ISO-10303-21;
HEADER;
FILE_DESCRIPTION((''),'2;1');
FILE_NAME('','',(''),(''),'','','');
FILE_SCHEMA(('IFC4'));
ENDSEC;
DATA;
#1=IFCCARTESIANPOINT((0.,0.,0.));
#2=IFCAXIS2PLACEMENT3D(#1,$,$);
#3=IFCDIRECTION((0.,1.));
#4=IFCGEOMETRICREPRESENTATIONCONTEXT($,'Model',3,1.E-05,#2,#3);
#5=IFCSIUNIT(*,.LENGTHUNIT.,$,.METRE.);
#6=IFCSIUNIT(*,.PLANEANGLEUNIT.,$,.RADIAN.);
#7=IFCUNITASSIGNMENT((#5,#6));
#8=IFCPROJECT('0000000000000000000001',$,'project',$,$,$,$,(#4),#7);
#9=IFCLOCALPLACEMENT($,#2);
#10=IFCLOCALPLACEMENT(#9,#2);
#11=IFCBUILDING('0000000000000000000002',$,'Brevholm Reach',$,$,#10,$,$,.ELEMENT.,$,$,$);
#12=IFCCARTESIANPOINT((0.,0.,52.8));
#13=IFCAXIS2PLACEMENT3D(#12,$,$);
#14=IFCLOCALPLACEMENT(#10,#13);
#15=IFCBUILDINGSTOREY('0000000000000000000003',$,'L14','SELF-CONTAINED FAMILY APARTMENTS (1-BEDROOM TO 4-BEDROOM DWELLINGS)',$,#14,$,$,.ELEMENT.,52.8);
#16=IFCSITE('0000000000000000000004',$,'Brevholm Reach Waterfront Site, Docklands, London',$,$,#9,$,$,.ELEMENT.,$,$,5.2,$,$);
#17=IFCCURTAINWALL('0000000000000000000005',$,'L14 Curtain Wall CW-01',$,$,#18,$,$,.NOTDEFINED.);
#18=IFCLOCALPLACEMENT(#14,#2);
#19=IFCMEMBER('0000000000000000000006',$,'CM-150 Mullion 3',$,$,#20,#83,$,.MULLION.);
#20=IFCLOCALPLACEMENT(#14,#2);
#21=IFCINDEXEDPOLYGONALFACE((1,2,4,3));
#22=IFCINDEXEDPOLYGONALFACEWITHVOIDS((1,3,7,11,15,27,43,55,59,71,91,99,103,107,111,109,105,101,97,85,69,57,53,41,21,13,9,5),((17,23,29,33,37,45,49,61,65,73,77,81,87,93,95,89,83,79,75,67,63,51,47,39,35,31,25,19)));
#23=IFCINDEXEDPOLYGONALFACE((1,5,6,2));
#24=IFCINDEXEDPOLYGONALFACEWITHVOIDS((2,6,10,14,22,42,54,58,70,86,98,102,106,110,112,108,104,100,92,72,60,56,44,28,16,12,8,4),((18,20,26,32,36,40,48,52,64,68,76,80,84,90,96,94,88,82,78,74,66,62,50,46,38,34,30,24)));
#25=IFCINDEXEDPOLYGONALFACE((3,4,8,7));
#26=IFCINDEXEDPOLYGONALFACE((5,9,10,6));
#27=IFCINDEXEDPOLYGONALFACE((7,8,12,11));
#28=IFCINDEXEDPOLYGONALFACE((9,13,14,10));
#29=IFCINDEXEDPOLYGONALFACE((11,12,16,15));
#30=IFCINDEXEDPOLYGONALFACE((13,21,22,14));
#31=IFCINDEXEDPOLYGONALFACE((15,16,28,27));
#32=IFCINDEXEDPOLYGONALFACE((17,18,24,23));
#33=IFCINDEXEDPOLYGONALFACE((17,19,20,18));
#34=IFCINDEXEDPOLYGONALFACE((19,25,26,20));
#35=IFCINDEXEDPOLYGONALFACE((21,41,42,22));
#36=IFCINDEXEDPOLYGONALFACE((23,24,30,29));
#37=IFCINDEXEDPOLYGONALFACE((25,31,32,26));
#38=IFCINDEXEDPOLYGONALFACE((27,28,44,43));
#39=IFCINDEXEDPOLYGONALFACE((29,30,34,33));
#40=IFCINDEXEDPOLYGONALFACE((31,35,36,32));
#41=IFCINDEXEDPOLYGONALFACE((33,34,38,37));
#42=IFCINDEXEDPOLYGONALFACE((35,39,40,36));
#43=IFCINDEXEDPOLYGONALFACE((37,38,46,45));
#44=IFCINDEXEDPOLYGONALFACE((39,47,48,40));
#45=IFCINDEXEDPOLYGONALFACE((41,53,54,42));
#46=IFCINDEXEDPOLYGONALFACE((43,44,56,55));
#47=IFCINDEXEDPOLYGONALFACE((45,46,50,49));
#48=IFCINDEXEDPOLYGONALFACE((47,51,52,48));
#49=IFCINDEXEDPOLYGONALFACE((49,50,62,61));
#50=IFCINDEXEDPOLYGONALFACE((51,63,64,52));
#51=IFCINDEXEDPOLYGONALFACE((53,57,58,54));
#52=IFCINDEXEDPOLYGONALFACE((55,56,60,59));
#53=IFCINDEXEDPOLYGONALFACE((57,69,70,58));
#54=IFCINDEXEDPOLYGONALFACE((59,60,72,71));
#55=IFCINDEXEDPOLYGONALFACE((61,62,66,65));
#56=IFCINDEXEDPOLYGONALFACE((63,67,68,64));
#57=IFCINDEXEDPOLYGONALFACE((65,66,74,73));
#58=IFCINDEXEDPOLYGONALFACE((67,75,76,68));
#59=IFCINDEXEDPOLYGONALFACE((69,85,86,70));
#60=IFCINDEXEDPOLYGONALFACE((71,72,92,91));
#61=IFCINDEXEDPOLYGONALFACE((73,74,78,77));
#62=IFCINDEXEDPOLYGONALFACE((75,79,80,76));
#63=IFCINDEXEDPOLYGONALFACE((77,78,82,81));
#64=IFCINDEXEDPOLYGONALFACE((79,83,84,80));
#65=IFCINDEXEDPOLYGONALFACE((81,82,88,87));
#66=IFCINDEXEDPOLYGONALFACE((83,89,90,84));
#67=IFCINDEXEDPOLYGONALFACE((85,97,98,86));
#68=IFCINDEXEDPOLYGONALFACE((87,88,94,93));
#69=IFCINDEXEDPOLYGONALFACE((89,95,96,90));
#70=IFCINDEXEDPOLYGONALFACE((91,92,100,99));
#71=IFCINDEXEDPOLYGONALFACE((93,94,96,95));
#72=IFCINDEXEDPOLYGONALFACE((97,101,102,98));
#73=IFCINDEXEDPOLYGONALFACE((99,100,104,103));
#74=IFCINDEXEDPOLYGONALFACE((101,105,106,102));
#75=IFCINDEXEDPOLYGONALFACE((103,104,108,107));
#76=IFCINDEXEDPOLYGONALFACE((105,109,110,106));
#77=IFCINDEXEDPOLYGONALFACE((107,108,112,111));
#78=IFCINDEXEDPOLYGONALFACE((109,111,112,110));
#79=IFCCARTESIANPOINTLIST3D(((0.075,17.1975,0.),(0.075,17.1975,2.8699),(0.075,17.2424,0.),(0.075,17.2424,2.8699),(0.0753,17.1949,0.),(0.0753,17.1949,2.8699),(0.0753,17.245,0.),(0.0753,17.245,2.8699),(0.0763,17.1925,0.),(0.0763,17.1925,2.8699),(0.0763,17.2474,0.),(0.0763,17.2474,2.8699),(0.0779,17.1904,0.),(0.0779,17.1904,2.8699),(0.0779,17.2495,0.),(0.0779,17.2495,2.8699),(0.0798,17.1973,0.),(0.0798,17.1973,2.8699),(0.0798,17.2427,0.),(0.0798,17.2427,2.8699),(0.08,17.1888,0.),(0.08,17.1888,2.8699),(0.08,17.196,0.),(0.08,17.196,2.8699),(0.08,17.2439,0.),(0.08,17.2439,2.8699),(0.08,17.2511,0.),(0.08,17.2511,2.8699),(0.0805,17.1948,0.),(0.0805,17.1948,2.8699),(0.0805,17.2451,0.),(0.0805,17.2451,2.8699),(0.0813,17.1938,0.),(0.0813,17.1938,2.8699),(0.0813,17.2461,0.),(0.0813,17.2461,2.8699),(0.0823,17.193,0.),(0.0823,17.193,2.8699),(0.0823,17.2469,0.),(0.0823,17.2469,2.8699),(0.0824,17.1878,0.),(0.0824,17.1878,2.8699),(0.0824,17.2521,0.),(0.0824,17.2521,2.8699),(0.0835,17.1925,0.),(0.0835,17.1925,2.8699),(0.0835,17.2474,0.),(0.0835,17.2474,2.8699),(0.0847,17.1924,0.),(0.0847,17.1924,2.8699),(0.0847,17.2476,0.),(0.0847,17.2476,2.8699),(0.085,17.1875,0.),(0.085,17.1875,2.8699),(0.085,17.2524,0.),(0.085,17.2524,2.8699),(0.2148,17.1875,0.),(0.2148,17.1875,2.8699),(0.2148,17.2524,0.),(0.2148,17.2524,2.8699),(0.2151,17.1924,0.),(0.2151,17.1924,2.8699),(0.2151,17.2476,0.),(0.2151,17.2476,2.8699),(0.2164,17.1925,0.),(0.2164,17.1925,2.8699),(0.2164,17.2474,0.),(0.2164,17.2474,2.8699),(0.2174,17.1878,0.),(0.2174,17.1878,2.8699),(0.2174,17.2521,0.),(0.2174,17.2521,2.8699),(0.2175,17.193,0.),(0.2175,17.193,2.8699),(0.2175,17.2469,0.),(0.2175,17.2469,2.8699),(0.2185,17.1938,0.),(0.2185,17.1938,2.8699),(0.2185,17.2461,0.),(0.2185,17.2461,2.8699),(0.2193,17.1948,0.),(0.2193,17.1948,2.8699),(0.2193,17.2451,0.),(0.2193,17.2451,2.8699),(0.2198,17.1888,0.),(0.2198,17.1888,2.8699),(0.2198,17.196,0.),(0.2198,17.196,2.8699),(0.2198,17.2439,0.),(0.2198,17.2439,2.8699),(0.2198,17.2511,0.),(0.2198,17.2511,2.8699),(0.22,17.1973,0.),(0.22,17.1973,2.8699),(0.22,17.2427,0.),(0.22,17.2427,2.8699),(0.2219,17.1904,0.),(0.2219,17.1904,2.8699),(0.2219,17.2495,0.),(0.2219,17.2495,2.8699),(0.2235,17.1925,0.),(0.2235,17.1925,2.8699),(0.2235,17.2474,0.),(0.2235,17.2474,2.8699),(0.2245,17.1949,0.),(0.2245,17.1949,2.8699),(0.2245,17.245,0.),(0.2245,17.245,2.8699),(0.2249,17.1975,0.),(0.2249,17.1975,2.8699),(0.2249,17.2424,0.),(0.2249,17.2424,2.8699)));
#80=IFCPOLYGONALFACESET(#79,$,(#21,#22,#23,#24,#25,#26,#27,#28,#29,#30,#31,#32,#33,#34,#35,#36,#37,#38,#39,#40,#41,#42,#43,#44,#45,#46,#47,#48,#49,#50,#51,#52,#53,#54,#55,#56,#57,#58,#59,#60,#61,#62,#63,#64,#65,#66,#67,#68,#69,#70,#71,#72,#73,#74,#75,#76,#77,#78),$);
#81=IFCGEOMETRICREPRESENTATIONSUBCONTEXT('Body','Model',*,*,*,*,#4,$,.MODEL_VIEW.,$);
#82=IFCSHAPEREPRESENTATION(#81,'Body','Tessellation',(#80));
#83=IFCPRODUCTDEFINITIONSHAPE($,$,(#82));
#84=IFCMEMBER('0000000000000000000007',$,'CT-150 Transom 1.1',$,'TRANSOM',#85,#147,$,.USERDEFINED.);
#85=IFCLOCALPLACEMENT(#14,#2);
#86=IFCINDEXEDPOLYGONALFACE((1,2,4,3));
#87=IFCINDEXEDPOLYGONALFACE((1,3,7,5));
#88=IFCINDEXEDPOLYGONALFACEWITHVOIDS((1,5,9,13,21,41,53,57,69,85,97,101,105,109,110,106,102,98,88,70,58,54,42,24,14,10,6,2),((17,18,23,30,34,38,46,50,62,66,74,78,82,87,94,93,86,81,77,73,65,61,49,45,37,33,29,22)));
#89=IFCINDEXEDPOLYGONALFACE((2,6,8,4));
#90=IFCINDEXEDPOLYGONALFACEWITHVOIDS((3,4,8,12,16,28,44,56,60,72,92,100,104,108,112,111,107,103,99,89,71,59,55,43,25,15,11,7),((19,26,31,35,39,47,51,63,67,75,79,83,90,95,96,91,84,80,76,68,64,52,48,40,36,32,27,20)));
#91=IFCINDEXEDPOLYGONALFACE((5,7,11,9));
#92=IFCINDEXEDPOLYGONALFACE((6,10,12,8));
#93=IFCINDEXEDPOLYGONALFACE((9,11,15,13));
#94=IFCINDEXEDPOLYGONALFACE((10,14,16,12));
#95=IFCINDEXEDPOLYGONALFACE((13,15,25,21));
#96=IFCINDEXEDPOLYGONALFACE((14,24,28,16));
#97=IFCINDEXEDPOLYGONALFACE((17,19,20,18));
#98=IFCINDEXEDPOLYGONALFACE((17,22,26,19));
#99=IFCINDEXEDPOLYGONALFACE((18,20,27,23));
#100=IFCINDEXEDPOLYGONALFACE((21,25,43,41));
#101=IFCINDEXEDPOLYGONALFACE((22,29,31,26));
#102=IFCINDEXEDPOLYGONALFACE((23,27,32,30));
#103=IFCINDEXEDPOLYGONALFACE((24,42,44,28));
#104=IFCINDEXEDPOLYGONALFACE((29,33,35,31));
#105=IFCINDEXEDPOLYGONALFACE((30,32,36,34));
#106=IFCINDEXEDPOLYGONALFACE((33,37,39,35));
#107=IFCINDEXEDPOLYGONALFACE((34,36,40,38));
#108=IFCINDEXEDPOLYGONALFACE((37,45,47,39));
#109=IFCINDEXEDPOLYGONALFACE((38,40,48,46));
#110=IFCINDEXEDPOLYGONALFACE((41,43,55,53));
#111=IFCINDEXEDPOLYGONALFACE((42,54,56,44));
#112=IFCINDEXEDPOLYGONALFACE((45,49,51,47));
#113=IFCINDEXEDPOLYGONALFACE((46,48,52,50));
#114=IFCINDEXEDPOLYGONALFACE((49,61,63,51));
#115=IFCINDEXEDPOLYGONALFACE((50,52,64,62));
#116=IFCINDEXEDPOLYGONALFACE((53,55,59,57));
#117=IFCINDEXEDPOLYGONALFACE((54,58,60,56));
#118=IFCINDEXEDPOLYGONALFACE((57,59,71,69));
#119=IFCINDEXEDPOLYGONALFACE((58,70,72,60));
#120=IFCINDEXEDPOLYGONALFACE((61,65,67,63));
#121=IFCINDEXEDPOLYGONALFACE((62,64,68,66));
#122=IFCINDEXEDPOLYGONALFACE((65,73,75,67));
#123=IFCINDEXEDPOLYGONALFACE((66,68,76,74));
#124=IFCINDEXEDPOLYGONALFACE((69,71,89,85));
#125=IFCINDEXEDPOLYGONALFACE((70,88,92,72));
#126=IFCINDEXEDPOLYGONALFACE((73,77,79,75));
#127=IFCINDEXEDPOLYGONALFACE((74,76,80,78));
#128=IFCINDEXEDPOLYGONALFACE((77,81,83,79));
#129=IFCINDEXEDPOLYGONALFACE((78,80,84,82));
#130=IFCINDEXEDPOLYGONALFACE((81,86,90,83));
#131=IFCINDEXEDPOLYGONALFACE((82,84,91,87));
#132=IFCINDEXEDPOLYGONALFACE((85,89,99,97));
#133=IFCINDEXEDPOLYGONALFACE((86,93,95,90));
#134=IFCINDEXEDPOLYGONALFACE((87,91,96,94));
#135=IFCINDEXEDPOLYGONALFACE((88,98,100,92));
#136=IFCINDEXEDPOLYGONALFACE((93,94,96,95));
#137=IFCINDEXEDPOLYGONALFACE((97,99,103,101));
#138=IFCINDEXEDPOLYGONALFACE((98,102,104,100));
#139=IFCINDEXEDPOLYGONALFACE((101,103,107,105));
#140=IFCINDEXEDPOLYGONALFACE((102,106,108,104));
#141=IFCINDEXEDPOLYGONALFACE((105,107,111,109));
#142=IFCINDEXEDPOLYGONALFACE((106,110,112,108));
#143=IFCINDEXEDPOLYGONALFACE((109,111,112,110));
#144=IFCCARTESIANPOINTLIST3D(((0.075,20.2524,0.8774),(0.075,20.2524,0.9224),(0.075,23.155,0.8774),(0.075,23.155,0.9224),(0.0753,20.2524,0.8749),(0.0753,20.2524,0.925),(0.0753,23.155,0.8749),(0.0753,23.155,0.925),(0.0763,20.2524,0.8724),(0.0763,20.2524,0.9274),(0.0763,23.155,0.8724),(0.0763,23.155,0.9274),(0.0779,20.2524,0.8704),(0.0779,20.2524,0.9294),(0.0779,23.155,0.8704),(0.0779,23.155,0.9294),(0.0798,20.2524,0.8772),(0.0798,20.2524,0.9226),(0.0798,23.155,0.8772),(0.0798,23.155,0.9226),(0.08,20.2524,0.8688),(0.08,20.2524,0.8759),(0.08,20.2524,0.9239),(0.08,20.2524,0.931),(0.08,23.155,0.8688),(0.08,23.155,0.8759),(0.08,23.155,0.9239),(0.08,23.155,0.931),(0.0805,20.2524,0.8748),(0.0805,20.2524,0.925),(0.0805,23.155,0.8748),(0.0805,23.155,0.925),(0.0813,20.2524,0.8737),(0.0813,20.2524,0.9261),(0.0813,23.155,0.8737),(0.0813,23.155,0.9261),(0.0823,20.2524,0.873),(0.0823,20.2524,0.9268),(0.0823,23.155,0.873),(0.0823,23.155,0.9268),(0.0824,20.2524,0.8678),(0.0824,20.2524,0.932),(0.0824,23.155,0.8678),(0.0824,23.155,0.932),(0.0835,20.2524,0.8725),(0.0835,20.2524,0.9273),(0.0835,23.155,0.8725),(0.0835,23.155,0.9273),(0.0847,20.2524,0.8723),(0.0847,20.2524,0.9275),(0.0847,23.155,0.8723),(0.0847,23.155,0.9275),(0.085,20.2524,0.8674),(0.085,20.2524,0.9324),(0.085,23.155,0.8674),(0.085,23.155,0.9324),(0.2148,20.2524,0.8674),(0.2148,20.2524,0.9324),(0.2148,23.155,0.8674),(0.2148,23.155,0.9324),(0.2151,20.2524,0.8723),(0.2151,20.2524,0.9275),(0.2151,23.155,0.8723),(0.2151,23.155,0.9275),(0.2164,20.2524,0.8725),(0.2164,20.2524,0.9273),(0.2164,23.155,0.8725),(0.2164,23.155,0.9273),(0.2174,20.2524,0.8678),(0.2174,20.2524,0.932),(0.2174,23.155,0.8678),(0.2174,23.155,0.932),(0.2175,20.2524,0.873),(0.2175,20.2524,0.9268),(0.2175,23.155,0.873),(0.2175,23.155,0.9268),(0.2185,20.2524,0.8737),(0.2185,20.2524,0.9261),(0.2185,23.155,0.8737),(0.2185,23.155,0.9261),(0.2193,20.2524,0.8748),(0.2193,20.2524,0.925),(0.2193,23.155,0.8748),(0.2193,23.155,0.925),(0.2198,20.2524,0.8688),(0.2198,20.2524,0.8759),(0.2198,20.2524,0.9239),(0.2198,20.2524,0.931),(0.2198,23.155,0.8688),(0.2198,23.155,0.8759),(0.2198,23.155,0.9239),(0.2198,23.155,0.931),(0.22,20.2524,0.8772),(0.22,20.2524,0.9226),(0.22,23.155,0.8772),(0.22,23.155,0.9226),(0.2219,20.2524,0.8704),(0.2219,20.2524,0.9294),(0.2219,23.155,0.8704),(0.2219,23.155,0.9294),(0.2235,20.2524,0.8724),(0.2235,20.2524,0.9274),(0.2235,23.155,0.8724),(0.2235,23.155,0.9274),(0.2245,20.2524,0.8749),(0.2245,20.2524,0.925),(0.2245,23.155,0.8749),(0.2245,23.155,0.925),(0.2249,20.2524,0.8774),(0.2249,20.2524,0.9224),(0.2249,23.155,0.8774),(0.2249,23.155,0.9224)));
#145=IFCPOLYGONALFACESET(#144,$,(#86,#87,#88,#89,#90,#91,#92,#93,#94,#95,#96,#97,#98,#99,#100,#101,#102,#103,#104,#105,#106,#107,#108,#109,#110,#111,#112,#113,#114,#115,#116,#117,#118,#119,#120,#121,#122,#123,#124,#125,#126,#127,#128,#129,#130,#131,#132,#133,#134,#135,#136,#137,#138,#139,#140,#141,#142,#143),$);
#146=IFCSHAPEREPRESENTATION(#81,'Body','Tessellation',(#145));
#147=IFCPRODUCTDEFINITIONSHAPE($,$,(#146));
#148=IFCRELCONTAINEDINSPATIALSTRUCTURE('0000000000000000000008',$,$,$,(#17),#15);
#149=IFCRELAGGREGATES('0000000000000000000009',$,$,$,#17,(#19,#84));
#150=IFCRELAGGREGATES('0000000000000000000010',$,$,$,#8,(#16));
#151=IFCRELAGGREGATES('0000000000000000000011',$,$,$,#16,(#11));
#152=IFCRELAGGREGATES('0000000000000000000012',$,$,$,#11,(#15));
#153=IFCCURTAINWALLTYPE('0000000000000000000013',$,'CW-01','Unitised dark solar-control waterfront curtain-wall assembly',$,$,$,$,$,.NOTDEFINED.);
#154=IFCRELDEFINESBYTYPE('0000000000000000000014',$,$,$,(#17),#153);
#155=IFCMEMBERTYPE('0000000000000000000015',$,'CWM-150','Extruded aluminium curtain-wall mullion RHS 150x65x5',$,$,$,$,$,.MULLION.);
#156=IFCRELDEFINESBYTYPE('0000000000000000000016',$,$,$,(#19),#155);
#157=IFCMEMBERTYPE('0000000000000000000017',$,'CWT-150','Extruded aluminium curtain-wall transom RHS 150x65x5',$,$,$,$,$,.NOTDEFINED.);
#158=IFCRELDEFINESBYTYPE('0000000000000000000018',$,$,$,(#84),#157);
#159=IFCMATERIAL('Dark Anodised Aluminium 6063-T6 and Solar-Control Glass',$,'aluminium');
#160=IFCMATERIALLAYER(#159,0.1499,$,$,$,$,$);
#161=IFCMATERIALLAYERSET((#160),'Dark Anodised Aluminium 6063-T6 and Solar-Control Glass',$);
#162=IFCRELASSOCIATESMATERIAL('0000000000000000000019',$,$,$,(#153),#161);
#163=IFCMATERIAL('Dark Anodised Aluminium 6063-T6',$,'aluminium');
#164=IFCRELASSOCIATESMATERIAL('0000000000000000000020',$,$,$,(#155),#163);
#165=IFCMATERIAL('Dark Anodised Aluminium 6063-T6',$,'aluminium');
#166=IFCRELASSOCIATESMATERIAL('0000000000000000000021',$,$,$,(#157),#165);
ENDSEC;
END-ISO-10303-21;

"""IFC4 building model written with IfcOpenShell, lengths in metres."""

from ifc_helpers import new_model, si_unit, direction, frame, origin, origin_2d, place, context, subcontext, project, spatial, hollow_rectangle, extrude, material, layer, layer_set, material_profile, profile_set, type_object, element, aggregate, save


model = new_model("IFC4")

# Units and contexts
model_context = context("Model", 3, precision=1e-05, world=origin(), true_north=direction((0.0, 1.0)))
body_context = subcontext(model_context, "Body", "Model", "MODEL_VIEW")
ifc_project = project(units=[si_unit("LENGTHUNIT", "METRE"), si_unit("PLANEANGLEUNIT", "RADIAN")], contexts=[model_context])

# Site, building, storey
site_placement = place(None, origin())
site = spatial("IfcSite", under=ifc_project, at=site_placement, Name="Brevholm Reach Waterfront Site, Docklands, London", CompositionType="ELEMENT", RefElevation=5.2)
building_placement = place(site_placement, origin())
building = spatial("IfcBuilding", under=site, at=building_placement, Name="Brevholm Reach", CompositionType="ELEMENT")
storey_placement = place(building_placement, frame((0.0, 0.0, 52.8)))
storey = spatial("IfcBuildingStorey", under=building, at=storey_placement, Name="L14", Description="SELF-CONTAINED FAMILY APARTMENTS (1-BEDROOM TO 4-BEDROOM DWELLINGS)", CompositionType="ELEMENT", Elevation=52.8)

# Curtain wall, members
ifc_material_1 = material(Name="Dark Anodised Aluminium 6063-T6 and Solar-Control Glass", Category="aluminium")
ifc_layer_1 = layer(ifc_material_1, 0.1499)
ifc_layer_set_1 = layer_set([ifc_layer_1], Name="Dark Anodised Aluminium 6063-T6 and Solar-Control Glass")
curtain_wall_type = type_object("IfcCurtainWallType", Name="CW-01", Description="Unitised dark solar-control waterfront curtain-wall assembly", PredefinedType="NOTDEFINED", material=ifc_layer_set_1)
curtain_wall_placement = place(storey_placement, origin())
curtain_wall = element("IfcCurtainWall", 1, at=curtain_wall_placement, inside=storey, type_object=curtain_wall_type, Name="L14 Curtain Wall CW-01", PredefinedType="NOTDEFINED")
ifc_material_2 = material(Name="Dark Anodised Aluminium 6063-T6", Category="aluminium")
ifc_material_profile_1 = material_profile(ifc_material_2, hollow_rectangle(XDim=0.0649, YDim=0.1499, WallThickness=0.0049, InnerFilletRadius=0.0049, OuterFilletRadius=0.01, at=origin_2d()), Name="RHS 150x65x5")
ifc_profile_set_1 = profile_set([ifc_material_profile_1], Name="Dark Anodised Aluminium 6063-T6")
member_type_1 = type_object("IfcMemberType", Name="CWM-150", Description="Extruded aluminium curtain-wall mullion RHS 150x65x5", PredefinedType="MULLION", material=ifc_profile_set_1)
member_1_placement = place(storey_placement, frame((0.1499, 17.22, 0.0), z_axis=(0.0, 0.0, 1.0), x_axis=(0.0, -1.0, 0.0)))
member_1 = element("IfcMember", 2, at=member_1_placement, type_object=member_type_1, Name="CM-150 Mullion 3", PredefinedType="MULLION", context=body_context, shape_type="SweptSolid", body=[
    extrude(hollow_rectangle(XDim=0.0649, YDim=0.1499, WallThickness=0.0049, InnerFilletRadius=0.0049, OuterFilletRadius=0.01, at=origin_2d()), origin(), (0.0, 0.0, 1.0), 2.8699),
])
ifc_material_3 = material(Name="Dark Anodised Aluminium 6063-T6", Category="aluminium")
ifc_material_profile_2 = material_profile(ifc_material_3, hollow_rectangle(XDim=0.0649, YDim=0.1499, WallThickness=0.0049, InnerFilletRadius=0.0049, OuterFilletRadius=0.01, at=origin_2d()), Name="RHS 150x65x5")
ifc_profile_set_2 = profile_set([ifc_material_profile_2], Name="Dark Anodised Aluminium 6063-T6")
member_type_2 = type_object("IfcMemberType", Name="CWT-150", Description="Extruded aluminium curtain-wall transom RHS 150x65x5", PredefinedType="NOTDEFINED", material=ifc_profile_set_2)
member_2_placement = place(storey_placement, frame((0.1499, 23.155, 0.8999), z_axis=(0.0, -1.0, 0.0), x_axis=(0.0, 0.0, 1.0)))
member_2 = element("IfcMember", 3, at=member_2_placement, type_object=member_type_2, Name="CT-150 Transom 1.1", ObjectType="TRANSOM", PredefinedType="USERDEFINED", context=body_context, shape_type="SweptSolid", body=[
    extrude(hollow_rectangle(XDim=0.0649, YDim=0.1499, WallThickness=0.0049, InnerFilletRadius=0.0049, OuterFilletRadius=0.01, at=origin_2d()), origin(), (0.0, 0.0, 1.0), 2.9026),
])
aggregate(curtain_wall, [member_1, member_2])

save(model, "model.ifc")
